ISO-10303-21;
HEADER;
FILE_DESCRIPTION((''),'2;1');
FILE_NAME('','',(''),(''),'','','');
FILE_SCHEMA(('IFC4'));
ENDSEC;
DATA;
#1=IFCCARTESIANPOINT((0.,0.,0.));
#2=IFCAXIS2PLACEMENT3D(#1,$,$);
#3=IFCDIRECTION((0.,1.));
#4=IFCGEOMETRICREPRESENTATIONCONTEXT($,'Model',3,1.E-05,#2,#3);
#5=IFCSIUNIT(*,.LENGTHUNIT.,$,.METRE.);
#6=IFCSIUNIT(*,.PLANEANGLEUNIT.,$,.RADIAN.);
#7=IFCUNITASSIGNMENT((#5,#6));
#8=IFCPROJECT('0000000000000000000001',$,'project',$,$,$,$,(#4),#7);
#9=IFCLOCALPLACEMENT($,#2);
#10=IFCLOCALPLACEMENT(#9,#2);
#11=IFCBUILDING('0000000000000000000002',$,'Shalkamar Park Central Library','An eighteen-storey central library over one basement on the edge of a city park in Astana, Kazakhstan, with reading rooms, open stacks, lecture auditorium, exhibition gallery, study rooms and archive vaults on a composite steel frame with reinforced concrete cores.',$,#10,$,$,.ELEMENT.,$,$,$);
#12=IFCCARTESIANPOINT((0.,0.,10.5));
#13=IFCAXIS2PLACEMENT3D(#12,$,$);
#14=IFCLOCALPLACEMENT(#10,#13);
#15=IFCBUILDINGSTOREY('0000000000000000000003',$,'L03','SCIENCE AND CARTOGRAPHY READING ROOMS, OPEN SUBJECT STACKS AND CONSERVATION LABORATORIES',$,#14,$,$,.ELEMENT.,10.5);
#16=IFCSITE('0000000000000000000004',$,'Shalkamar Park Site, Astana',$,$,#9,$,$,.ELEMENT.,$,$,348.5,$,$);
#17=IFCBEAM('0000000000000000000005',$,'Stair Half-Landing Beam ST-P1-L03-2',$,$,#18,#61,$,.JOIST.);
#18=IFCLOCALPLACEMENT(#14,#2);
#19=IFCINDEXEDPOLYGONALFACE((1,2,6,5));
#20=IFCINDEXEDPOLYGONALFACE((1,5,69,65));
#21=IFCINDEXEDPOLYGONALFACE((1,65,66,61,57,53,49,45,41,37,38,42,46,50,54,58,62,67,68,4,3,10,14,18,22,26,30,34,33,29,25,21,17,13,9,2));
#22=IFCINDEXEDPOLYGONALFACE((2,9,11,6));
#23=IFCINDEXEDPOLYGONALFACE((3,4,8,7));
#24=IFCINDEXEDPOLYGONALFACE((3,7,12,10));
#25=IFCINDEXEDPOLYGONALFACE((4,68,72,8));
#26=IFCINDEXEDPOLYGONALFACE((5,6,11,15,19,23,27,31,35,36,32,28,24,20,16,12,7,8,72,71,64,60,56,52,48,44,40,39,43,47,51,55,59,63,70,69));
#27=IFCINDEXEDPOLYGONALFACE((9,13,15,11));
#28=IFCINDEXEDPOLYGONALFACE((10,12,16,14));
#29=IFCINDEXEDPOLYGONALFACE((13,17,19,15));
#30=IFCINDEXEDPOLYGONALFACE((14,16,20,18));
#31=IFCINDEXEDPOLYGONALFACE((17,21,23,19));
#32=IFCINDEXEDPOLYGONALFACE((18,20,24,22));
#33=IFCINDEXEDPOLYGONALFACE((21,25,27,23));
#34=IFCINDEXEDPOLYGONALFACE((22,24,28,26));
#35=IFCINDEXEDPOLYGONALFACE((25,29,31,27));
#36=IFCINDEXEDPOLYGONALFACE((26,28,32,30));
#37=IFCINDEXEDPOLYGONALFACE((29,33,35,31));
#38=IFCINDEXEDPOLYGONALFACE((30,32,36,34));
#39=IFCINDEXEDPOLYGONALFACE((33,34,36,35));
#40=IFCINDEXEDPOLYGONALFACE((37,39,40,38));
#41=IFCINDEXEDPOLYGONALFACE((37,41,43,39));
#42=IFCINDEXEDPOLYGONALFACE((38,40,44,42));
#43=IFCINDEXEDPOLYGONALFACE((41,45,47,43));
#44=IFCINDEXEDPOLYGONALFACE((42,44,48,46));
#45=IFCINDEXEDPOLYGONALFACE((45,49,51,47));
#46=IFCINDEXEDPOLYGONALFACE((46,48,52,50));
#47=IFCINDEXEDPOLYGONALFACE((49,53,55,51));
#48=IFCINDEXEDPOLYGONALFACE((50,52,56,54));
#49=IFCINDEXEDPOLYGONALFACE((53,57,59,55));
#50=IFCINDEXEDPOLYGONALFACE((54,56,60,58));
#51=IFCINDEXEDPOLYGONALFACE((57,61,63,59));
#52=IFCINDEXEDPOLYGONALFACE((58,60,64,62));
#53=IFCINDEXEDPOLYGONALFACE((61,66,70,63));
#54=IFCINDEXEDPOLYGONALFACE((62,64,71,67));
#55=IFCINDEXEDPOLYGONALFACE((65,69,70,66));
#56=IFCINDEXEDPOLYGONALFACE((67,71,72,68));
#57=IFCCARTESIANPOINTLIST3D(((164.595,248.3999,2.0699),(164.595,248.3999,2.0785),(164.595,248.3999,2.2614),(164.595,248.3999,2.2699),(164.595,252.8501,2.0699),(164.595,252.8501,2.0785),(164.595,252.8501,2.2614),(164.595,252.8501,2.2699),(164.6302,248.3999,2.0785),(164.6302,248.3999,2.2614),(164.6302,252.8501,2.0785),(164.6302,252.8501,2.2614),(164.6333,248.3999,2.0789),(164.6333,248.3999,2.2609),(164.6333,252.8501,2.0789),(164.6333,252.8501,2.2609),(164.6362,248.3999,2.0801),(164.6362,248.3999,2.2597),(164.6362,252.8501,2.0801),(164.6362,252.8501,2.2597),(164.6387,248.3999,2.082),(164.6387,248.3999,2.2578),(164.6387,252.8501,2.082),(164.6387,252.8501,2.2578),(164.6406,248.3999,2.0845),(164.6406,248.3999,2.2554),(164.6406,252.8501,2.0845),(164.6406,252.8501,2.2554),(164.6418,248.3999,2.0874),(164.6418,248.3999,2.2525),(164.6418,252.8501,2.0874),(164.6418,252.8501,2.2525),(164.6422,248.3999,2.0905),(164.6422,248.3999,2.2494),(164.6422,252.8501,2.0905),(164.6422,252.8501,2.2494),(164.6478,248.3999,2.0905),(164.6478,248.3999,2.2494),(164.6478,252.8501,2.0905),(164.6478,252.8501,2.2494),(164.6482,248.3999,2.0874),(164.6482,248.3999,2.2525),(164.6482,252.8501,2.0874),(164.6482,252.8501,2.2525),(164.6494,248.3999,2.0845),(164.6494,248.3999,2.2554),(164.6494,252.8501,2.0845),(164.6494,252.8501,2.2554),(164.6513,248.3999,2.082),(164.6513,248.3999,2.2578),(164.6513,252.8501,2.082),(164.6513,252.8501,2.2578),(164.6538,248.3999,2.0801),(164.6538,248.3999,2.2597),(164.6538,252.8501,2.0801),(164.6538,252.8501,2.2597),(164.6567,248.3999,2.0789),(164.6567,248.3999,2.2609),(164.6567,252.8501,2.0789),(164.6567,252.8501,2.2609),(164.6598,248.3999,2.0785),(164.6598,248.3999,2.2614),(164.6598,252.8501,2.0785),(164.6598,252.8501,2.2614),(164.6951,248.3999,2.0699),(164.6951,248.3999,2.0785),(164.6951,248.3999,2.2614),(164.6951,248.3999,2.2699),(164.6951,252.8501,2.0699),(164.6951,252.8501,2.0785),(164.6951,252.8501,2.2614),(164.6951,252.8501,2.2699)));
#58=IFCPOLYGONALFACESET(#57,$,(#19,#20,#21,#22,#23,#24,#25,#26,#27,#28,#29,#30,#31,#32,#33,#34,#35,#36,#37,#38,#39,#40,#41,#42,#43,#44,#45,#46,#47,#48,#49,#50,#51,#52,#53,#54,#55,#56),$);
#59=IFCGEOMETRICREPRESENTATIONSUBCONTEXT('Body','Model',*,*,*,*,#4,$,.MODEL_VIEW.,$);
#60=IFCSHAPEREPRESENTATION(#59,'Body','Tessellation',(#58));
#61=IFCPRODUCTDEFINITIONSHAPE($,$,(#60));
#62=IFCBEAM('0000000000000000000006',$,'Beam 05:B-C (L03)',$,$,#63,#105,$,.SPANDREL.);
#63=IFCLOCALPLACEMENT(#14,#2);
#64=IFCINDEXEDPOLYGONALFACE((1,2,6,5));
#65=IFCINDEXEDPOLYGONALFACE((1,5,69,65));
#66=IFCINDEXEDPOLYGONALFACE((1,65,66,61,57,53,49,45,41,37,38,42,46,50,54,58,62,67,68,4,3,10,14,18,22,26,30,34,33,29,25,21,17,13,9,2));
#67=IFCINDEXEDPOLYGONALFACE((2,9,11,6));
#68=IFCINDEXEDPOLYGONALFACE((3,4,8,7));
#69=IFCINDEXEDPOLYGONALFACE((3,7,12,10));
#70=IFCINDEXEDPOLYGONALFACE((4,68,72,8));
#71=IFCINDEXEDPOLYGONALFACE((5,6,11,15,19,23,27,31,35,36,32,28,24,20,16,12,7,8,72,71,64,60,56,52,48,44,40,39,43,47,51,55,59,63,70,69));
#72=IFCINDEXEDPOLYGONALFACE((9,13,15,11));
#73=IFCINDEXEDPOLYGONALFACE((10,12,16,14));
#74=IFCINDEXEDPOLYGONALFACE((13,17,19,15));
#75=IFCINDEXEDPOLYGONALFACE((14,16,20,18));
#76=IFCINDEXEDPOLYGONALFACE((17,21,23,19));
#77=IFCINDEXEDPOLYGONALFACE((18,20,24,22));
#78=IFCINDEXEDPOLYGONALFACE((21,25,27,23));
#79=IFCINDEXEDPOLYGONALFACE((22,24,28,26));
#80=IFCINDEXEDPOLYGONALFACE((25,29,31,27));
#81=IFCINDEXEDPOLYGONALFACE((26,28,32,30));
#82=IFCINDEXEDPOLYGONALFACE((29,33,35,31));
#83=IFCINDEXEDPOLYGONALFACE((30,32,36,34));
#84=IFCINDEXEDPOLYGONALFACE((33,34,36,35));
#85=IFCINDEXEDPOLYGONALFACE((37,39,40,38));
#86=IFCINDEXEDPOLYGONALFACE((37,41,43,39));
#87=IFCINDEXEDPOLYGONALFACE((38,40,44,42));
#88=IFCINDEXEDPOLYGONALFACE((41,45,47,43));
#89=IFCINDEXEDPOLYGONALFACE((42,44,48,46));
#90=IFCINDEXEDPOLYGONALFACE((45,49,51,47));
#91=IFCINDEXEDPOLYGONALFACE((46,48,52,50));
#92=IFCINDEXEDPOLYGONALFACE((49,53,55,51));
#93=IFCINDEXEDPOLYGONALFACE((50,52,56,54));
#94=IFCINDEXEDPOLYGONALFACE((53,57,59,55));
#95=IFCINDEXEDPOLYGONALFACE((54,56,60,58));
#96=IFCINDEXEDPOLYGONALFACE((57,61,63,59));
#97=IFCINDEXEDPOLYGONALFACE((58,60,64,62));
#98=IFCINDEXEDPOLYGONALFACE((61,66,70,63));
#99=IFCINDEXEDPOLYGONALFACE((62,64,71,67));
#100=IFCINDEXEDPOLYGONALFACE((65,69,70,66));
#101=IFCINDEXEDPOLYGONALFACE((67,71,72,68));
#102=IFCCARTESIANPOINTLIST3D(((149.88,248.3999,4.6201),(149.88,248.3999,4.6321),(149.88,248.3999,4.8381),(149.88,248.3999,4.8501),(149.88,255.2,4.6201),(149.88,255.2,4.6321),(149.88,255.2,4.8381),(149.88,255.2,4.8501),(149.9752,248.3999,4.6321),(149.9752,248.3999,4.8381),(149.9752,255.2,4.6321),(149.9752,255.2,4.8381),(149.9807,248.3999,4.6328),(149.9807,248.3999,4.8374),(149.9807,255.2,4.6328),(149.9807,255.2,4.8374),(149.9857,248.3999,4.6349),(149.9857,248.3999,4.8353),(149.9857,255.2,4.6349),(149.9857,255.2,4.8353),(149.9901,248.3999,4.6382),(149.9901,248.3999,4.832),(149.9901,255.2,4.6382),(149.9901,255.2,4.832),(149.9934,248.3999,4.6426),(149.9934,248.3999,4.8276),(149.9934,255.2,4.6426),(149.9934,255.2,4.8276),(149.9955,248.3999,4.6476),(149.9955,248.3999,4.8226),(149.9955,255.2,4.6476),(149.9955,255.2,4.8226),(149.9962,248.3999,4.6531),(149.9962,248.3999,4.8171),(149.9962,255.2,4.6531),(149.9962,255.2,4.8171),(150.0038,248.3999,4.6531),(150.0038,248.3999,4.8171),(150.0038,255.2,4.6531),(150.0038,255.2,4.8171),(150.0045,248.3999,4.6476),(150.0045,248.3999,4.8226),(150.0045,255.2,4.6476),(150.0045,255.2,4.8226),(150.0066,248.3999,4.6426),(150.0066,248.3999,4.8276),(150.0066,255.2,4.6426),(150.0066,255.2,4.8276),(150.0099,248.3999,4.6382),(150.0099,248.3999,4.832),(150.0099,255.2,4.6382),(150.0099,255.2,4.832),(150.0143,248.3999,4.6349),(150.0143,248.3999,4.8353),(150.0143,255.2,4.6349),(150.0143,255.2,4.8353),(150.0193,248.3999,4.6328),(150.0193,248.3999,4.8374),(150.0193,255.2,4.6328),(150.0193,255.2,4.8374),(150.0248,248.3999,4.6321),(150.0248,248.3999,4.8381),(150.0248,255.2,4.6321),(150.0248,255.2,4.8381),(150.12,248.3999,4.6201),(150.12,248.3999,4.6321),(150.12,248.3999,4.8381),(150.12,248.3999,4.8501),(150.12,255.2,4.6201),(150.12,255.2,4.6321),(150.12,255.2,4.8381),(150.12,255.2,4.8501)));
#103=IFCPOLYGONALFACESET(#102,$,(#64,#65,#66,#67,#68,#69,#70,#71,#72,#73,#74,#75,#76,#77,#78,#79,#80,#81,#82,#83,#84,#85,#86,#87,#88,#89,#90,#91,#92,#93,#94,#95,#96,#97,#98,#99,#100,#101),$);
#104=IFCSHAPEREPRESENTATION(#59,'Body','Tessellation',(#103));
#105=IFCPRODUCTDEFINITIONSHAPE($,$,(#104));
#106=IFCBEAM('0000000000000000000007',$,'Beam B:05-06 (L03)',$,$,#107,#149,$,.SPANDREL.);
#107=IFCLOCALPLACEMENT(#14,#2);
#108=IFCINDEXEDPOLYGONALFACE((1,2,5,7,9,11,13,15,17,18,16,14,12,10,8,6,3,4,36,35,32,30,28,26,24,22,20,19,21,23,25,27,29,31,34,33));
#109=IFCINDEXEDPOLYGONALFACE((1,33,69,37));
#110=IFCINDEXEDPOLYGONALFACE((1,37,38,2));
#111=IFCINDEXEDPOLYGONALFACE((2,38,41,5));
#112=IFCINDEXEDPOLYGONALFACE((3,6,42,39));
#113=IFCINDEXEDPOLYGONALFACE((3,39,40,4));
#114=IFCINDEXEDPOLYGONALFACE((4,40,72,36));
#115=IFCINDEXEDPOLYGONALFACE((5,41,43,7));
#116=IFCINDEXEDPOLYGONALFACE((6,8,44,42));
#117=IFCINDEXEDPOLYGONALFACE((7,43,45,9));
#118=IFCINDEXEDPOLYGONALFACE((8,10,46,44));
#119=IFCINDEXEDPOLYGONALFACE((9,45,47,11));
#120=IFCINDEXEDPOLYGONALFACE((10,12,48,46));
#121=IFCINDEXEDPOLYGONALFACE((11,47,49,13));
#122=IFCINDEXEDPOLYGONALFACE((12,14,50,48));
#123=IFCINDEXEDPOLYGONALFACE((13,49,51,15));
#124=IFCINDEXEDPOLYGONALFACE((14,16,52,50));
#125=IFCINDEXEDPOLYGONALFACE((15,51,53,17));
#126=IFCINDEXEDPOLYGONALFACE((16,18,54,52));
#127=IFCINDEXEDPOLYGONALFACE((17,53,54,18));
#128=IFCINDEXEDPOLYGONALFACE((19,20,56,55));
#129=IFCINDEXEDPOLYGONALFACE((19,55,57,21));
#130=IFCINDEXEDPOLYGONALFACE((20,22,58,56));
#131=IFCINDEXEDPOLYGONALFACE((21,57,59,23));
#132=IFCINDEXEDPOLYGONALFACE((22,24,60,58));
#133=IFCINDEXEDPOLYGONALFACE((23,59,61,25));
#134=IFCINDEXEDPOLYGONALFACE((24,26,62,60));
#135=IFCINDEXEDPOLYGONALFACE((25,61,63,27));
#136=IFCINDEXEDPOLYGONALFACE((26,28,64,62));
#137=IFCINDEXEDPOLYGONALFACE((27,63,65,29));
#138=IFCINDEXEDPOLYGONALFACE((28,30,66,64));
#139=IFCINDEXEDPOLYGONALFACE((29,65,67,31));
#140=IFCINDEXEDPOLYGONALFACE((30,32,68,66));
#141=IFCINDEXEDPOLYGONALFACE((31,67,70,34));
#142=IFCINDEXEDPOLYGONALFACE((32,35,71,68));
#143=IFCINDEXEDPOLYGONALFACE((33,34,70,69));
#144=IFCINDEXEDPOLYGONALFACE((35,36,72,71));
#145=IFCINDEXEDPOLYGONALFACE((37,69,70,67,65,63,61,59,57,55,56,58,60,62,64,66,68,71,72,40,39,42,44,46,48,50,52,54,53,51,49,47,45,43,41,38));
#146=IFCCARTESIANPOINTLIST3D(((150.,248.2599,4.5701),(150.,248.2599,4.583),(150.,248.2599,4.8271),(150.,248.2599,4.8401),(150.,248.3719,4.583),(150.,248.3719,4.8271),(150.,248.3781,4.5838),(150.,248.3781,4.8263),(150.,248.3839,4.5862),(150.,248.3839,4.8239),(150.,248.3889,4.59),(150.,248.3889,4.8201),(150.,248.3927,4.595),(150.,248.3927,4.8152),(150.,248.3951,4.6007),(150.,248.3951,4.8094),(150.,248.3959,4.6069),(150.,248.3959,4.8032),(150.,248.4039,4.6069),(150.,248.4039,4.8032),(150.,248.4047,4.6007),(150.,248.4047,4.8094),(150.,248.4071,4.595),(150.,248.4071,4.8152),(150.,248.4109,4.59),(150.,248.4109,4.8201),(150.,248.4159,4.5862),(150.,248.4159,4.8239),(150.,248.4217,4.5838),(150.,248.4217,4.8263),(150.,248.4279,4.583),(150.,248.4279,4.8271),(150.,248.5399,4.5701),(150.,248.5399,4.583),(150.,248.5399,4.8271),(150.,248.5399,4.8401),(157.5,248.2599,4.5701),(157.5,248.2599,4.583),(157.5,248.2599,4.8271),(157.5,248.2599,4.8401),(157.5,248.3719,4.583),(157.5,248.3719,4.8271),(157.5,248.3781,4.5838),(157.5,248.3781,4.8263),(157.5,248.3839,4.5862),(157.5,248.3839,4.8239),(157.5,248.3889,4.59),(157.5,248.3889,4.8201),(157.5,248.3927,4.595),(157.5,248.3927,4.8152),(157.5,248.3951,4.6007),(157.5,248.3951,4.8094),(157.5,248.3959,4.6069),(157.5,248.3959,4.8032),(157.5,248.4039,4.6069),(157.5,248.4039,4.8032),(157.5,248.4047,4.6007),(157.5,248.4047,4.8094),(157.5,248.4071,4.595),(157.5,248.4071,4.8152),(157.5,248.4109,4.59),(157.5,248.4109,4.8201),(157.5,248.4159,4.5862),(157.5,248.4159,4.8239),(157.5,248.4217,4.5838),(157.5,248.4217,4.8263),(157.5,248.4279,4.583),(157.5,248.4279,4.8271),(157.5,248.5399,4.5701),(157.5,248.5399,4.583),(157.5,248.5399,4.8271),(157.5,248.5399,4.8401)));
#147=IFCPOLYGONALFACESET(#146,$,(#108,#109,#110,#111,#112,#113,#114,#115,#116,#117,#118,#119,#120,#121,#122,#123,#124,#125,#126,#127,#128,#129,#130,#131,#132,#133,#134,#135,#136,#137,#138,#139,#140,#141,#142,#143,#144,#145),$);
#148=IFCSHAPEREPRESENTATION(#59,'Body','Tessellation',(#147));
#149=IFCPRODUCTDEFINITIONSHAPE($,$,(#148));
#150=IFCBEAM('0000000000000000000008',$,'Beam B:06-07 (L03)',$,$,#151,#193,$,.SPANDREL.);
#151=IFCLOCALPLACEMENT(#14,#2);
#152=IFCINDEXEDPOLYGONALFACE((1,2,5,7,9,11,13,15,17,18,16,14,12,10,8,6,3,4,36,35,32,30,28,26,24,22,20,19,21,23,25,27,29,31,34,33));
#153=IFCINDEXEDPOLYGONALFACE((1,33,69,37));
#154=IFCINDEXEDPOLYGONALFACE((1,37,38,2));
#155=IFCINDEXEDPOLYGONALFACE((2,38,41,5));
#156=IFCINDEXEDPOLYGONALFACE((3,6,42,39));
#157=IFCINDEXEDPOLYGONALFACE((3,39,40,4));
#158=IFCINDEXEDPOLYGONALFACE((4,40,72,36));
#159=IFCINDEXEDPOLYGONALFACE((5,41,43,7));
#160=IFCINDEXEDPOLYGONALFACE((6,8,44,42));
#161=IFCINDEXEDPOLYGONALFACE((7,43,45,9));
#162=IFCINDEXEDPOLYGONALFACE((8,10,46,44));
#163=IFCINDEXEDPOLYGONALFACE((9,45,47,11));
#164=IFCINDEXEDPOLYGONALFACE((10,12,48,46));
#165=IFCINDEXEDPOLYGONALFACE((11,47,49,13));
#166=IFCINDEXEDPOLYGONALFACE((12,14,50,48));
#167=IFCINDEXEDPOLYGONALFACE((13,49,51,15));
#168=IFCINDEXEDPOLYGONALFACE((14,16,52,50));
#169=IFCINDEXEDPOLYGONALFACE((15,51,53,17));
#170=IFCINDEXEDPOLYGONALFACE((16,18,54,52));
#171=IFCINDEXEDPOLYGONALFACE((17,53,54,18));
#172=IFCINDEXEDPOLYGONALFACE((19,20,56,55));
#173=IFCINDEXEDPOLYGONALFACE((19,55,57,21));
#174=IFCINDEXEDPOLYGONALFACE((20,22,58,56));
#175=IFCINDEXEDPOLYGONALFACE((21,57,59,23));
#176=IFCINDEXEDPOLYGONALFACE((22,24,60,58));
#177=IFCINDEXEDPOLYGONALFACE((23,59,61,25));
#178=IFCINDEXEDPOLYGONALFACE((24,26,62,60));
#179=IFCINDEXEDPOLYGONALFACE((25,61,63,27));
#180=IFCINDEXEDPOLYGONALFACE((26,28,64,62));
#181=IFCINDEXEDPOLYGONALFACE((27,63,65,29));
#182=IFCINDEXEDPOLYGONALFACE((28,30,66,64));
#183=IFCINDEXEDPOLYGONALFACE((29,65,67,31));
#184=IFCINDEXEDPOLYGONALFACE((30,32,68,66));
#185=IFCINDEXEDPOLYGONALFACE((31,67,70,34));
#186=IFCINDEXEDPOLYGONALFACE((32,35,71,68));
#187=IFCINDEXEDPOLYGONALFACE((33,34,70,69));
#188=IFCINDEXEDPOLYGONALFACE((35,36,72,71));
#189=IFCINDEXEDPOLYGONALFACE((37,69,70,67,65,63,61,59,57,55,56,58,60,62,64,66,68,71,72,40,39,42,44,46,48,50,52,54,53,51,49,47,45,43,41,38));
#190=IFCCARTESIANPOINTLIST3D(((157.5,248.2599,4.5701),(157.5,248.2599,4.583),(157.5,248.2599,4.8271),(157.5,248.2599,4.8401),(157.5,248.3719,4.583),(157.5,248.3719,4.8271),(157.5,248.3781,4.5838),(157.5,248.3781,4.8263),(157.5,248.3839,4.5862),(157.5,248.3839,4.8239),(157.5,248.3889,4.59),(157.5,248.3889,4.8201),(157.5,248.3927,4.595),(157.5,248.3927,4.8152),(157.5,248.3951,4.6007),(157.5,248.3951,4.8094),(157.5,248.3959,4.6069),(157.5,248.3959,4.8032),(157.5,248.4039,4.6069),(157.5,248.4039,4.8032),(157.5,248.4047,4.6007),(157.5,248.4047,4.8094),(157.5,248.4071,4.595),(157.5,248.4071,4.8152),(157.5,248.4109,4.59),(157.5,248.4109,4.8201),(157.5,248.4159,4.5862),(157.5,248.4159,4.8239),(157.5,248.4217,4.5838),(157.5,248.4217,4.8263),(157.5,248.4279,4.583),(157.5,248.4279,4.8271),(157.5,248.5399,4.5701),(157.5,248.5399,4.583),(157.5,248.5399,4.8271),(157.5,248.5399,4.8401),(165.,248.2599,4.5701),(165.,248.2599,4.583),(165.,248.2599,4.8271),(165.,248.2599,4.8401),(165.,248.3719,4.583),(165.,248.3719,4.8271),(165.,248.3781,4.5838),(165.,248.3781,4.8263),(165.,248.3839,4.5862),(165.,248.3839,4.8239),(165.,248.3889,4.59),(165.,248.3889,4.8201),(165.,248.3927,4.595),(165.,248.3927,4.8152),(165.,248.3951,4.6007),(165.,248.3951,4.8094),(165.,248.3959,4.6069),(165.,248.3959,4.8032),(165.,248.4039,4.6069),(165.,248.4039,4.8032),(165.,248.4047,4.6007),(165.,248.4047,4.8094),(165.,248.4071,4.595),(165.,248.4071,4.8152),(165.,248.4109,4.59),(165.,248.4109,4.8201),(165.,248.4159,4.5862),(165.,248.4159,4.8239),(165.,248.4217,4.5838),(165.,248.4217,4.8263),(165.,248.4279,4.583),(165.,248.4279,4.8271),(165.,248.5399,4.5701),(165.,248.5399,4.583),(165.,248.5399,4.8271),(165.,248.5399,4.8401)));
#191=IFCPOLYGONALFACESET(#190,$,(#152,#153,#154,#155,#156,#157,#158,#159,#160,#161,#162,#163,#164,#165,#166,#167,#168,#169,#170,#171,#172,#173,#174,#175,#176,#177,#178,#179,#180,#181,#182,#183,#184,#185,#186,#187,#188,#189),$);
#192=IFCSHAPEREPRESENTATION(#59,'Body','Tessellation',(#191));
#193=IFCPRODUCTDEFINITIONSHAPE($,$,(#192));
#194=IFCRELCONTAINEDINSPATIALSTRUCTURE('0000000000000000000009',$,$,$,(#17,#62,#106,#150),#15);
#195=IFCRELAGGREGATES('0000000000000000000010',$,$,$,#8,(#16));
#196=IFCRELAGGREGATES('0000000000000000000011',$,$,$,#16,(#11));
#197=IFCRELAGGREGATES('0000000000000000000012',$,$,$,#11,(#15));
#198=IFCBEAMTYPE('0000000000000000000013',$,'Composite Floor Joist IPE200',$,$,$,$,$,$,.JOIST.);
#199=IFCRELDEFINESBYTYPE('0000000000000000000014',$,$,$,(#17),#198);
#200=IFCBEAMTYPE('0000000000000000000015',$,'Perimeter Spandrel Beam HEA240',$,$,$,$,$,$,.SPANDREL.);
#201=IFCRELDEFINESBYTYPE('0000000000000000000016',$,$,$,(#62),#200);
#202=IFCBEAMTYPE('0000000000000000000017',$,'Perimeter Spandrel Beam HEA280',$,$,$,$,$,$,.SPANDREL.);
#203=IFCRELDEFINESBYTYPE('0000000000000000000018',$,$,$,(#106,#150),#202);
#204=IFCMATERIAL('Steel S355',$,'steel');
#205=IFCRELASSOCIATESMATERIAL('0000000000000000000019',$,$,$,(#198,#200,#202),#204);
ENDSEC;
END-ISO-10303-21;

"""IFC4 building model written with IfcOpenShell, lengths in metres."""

from ifc_helpers import new_model, si_unit, direction, frame, origin, origin_2d, place, context, subcontext, project, spatial, i_section, extrude, material, material_profile, profile_set, type_object, element, save


model = new_model("IFC4")

# Units and contexts
model_context = context("Model", 3, precision=1e-05, world=origin(), true_north=direction((0.0, 1.0)))
body_context = subcontext(model_context, "Body", "Model", "MODEL_VIEW")
ifc_project = project(units=[si_unit("LENGTHUNIT", "METRE"), si_unit("PLANEANGLEUNIT", "RADIAN")], contexts=[model_context])

# Site, building, storey
site_placement = place(None, origin())
site = spatial("IfcSite", under=ifc_project, at=site_placement, Name="Shalkamar Park Site, Astana", CompositionType="ELEMENT", RefElevation=348.5)
building_placement = place(site_placement, origin())
building = spatial("IfcBuilding", under=site, at=building_placement, Name="Shalkamar Park Central Library", Description="An eighteen-storey central library over one basement on the edge of a city park in Astana, Kazakhstan, with reading rooms, open stacks, lecture auditorium, exhibition gallery, study rooms and archive vaults on a composite steel frame with reinforced concrete cores.", CompositionType="ELEMENT")
storey_placement = place(building_placement, frame((0.0, 0.0, 10.5)))
storey = spatial("IfcBuildingStorey", under=building, at=storey_placement, Name="L03", Description="SCIENCE AND CARTOGRAPHY READING ROOMS, OPEN SUBJECT STACKS AND CONSERVATION LABORATORIES", CompositionType="ELEMENT", Elevation=10.5)

# Shared definitions
ifc_material_1 = material(Name="Steel S355", Category="steel")

# Beams
ifc_material_profile_1 = material_profile(ifc_material_1, i_section(OverallWidth=0.1001, OverallDepth=0.2, WebThickness=0.0056, FlangeThickness=0.0085, FilletRadius=0.012, at=origin_2d()), Name="IPE 200")
ifc_profile_set_1 = profile_set([ifc_material_profile_1], Name="Steel S355")
beam_type_1 = type_object("IfcBeamType", Name="Composite Floor Joist IPE200", PredefinedType="JOIST", material=ifc_profile_set_1)
for number, where, z_axis, x_axis, name in (
    (1, (164.645, 248.3999, 2.1699), (0.0, 1.0, 0.0), (-1.0, 0.0, 0.0), "Stair Half-Landing Beam ST-P1-L03-2"),
):
    element("IfcBeam", number, at=place(storey_placement, frame(where, z_axis=z_axis, x_axis=x_axis)), inside=storey, type_object=beam_type_1, Name=name, PredefinedType="JOIST", context=body_context, shape_type="SweptSolid", body=[
        extrude(i_section(OverallWidth=0.1001, OverallDepth=0.2, WebThickness=0.0056, FlangeThickness=0.0085, FilletRadius=0.012, at=origin_2d()), origin(), (0.0, 0.0, 1.0), 4.4502),
    ])
ifc_material_profile_2 = material_profile(ifc_material_1, i_section(OverallWidth=0.24, OverallDepth=0.23, WebThickness=0.0076, FlangeThickness=0.012, FilletRadius=0.021, at=origin_2d()), Name="HEA 240")
ifc_profile_set_2 = profile_set([ifc_material_profile_2], Name="Steel S355")
beam_type_2 = type_object("IfcBeamType", Name="Perimeter Spandrel Beam HEA240", PredefinedType="SPANDREL", material=ifc_profile_set_2)
beam_1_placement = place(storey_placement, frame((150.0, 248.3999, 4.7351), z_axis=(0.0, 1.0, 0.0), x_axis=(-1.0, 0.0, 0.0)))
element("IfcBeam", 2, at=beam_1_placement, inside=storey, type_object=beam_type_2, Name="Beam 05:B-C (L03)", PredefinedType="SPANDREL", context=body_context, shape_type="SweptSolid", body=[
    extrude(i_section(OverallWidth=0.24, OverallDepth=0.23, WebThickness=0.0076, FlangeThickness=0.012, FilletRadius=0.021, at=origin_2d()), origin(), (0.0, 0.0, 1.0), 6.8),
])
ifc_material_profile_3 = material_profile(ifc_material_1, i_section(OverallWidth=0.28, OverallDepth=0.27, WebThickness=0.0081, FlangeThickness=0.0129, FilletRadius=0.0239, at=origin_2d()), Name="HEA 280")
ifc_profile_set_3 = profile_set([ifc_material_profile_3], Name="Steel S355")
beam_type_3 = type_object("IfcBeamType", Name="Perimeter Spandrel Beam HEA280", PredefinedType="SPANDREL", material=ifc_profile_set_3)
for number, where, z_axis, x_axis, name in (
    (3, (150.0, 248.3999, 4.7051), (1.0, 0.0, 0.0), (0.0, 1.0, 0.0), "Beam B:05-06 (L03)"),
    (4, (157.5, 248.3999, 4.7051), (1.0, 0.0, 0.0), (0.0, 1.0, 0.0), "Beam B:06-07 (L03)"),
):
    element("IfcBeam", number, at=place(storey_placement, frame(where, z_axis=z_axis, x_axis=x_axis)), inside=storey, type_object=beam_type_3, Name=name, PredefinedType="SPANDREL", context=body_context, shape_type="SweptSolid", body=[
        extrude(i_section(OverallWidth=0.28, OverallDepth=0.27, WebThickness=0.0081, FlangeThickness=0.0129, FilletRadius=0.0239, at=origin_2d()), origin(), (0.0, 0.0, 1.0), 7.5),
    ])

save(model, "model.ifc")
